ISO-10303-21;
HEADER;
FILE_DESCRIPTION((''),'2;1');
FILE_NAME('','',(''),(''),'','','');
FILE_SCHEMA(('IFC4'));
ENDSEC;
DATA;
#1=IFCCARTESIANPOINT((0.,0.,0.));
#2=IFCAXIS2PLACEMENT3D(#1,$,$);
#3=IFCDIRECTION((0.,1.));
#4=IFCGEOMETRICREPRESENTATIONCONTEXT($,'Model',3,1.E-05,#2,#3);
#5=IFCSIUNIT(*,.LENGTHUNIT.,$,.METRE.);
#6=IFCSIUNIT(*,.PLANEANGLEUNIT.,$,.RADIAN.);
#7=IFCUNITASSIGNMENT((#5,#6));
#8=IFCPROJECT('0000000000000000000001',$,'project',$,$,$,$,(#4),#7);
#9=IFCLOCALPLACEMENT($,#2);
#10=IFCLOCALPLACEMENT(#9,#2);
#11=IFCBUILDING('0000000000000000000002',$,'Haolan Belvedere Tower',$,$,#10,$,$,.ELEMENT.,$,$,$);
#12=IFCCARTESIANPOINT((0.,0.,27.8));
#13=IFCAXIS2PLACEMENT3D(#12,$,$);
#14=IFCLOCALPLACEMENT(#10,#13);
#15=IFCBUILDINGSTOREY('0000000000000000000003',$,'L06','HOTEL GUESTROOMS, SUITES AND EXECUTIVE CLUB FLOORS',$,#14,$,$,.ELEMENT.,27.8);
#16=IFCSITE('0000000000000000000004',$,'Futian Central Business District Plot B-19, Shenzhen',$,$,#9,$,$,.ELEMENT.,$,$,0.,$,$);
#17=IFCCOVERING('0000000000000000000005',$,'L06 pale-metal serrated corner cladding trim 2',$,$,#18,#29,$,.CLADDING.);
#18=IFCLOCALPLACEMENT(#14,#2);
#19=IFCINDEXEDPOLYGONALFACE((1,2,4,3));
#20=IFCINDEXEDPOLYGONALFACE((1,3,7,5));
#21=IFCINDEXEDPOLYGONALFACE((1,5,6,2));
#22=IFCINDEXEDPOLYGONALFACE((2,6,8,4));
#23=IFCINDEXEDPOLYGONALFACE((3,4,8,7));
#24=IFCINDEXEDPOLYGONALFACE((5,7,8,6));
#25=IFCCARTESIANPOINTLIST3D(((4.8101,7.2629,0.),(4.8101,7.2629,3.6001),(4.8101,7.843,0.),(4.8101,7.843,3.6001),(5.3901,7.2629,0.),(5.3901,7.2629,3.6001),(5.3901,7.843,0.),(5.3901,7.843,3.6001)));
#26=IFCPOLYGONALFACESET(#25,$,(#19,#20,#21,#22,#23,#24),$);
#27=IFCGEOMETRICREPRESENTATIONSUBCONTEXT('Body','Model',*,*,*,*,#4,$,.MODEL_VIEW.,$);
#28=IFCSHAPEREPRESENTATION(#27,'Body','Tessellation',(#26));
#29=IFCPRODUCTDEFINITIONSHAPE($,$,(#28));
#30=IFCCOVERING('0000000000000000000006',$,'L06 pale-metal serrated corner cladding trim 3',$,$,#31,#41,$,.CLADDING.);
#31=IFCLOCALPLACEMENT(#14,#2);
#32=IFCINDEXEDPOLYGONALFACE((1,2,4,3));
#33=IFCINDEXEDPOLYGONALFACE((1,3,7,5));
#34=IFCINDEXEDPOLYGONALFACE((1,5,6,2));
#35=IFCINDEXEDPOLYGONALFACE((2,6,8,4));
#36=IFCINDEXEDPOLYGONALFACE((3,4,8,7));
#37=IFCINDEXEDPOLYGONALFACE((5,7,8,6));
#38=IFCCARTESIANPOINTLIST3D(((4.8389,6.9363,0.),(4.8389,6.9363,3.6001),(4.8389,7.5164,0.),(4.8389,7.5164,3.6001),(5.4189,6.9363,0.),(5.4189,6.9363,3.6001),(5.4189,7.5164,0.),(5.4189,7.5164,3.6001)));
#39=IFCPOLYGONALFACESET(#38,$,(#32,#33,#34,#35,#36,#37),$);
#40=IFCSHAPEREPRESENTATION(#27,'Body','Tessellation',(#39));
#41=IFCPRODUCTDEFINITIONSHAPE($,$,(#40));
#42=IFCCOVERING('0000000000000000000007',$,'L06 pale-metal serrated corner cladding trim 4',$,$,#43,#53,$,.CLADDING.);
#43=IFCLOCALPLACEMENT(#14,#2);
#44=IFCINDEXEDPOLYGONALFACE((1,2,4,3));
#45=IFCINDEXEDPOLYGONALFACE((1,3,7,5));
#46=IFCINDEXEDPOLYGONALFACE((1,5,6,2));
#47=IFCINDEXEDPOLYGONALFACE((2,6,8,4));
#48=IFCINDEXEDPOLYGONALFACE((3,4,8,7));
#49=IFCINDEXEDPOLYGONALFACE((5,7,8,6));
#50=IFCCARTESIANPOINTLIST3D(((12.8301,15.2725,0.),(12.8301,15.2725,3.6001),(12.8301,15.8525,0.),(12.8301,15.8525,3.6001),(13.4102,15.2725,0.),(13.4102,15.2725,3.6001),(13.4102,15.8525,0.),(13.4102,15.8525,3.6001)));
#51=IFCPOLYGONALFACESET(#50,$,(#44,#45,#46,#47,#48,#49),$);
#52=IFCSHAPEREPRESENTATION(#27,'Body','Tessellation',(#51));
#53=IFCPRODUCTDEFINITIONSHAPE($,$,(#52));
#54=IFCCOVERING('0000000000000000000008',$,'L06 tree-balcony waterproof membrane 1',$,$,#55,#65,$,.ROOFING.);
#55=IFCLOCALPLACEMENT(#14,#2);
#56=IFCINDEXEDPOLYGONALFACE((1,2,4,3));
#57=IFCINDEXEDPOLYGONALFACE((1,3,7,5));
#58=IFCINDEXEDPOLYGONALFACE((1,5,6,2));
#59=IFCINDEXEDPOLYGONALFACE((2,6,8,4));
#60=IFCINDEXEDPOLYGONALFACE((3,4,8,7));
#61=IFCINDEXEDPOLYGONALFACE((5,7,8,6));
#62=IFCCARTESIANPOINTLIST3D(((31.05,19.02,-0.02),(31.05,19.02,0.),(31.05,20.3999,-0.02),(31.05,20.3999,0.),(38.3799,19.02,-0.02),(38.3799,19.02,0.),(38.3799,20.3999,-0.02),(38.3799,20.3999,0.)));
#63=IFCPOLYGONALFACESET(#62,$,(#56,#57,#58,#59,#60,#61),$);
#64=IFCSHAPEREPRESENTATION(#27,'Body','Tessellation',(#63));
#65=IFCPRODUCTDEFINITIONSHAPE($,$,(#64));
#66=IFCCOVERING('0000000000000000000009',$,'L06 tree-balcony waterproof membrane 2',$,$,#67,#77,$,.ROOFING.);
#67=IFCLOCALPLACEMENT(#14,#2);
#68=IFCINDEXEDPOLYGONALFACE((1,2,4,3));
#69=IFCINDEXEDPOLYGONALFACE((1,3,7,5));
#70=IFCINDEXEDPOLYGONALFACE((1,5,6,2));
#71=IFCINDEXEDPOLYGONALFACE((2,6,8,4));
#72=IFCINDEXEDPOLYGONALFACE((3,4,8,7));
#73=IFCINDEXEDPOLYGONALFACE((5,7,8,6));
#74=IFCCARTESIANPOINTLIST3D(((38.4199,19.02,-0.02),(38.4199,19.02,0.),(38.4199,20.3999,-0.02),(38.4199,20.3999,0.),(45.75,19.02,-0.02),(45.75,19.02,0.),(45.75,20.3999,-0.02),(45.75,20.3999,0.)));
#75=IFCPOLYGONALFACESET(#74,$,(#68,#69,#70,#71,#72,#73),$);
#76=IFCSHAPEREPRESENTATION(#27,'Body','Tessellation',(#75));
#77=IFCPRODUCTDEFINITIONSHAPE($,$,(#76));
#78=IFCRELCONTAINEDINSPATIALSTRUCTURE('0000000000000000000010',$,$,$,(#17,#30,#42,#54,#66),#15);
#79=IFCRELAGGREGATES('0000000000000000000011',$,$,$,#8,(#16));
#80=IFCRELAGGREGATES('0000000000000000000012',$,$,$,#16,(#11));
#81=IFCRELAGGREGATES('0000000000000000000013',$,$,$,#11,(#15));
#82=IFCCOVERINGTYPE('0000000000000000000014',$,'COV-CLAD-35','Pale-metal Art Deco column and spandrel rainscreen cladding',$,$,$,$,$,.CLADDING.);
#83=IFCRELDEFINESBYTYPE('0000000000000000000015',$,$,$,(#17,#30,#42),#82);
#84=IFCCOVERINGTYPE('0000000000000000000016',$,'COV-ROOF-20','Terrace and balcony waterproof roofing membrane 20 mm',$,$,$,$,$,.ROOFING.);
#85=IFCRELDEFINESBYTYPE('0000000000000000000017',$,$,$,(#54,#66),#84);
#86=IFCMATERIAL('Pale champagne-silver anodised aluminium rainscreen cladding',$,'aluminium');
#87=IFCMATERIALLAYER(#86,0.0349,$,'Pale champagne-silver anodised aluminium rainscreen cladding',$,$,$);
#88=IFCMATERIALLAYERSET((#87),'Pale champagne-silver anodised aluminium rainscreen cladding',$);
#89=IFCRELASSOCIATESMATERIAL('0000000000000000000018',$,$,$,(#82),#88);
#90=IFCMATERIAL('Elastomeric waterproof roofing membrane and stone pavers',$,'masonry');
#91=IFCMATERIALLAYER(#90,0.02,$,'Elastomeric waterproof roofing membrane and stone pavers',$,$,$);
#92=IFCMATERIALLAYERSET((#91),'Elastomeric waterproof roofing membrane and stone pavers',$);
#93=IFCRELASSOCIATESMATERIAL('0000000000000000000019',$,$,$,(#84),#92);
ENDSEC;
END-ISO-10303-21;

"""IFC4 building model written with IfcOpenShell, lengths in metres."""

from ifc_helpers import new_model, si_unit, direction, frame, origin, origin_2d, place, context, subcontext, project, spatial, polyline, rectangle, outline, extrude, material, layer, layer_set, type_object, element, save


model = new_model("IFC4")

# Units and contexts
model_context = context("Model", 3, precision=1e-05, world=origin(), true_north=direction((0.0, 1.0)))
body_context = subcontext(model_context, "Body", "Model", "MODEL_VIEW")
ifc_project = project(units=[si_unit("LENGTHUNIT", "METRE"), si_unit("PLANEANGLEUNIT", "RADIAN")], contexts=[model_context])

# Site, building, storey
site_placement = place(None, origin())
site = spatial("IfcSite", under=ifc_project, at=site_placement, Name="Futian Central Business District Plot B-19, Shenzhen", CompositionType="ELEMENT", RefElevation=0.0)
building_placement = place(site_placement, origin())
building = spatial("IfcBuilding", under=site, at=building_placement, Name="Haolan Belvedere Tower", CompositionType="ELEMENT")
storey_placement = place(building_placement, frame((0.0, 0.0, 27.8)))
storey = spatial("IfcBuildingStorey", under=building, at=storey_placement, Name="L06", Description="HOTEL GUESTROOMS, SUITES AND EXECUTIVE CLUB FLOORS", CompositionType="ELEMENT", Elevation=27.8)

# Coverings
ifc_material_1 = material(Name="Pale champagne-silver anodised aluminium rainscreen cladding", Category="aluminium")
ifc_layer_1 = layer(ifc_material_1, 0.0349, Name="Pale champagne-silver anodised aluminium rainscreen cladding")
ifc_layer_set_1 = layer_set([ifc_layer_1], Name="Pale champagne-silver anodised aluminium rainscreen cladding")
covering_type_1 = type_object("IfcCoveringType", Name="COV-CLAD-35", Description="Pale-metal Art Deco column and spandrel rainscreen cladding", PredefinedType="CLADDING", material=ifc_layer_set_1)
for number, where, z_axis, x_axis, name in (
    (1, (5.1001, 7.553, 0.0), (0.0, 0.0, 1.0), (1.0, 0.0, 0.0), "L06 pale-metal serrated corner cladding trim 2"),
    (2, (5.1289, 7.2263, 0.0), (0.0, 0.0, 1.0), (1.0, 0.0, 0.0), "L06 pale-metal serrated corner cladding trim 3"),
    (3, (13.1201, 15.5625, 0.0), (0.0, 0.0, 1.0), (1.0, 0.0, 0.0), "L06 pale-metal serrated corner cladding trim 4"),
):
    element("IfcCovering", number, at=place(storey_placement, frame(where, z_axis=z_axis, x_axis=x_axis)), inside=storey, type_object=covering_type_1, Name=name, PredefinedType="CLADDING", context=body_context, shape_type="SweptSolid", body=[
        extrude(rectangle(XDim=0.5801, YDim=0.5801, at=origin_2d()), origin(), (0.0, 0.0, 1.0), 3.6001),
    ])
ifc_material_2 = material(Name="Elastomeric waterproof roofing membrane and stone pavers", Category="masonry")
ifc_layer_2 = layer(ifc_material_2, 0.02, Name="Elastomeric waterproof roofing membrane and stone pavers")
ifc_layer_set_2 = layer_set([ifc_layer_2], Name="Elastomeric waterproof roofing membrane and stone pavers")
covering_type_2 = type_object("IfcCoveringType", Name="COV-ROOF-20", Description="Terrace and balcony waterproof roofing membrane 20 mm", PredefinedType="ROOFING", material=ifc_layer_set_2)
covering_1_placement = place(storey_placement, frame((0.0, 0.0, -0.02)))
element("IfcCovering", 4, at=covering_1_placement, inside=storey, type_object=covering_type_2, Name="L06 tree-balcony waterproof membrane 1", PredefinedType="ROOFING", context=body_context, shape_type="SweptSolid", body=[
    extrude(outline(polyline([(31.05, 19.02), (38.3799, 19.02), (38.3799, 20.3999), (31.05, 20.3999), (31.05, 19.02)])), origin(), (0.0, 0.0, 1.0), 0.02),
])
covering_2_placement = place(storey_placement, frame((0.0, 0.0, -0.02)))
element("IfcCovering", 5, at=covering_2_placement, inside=storey, type_object=covering_type_2, Name="L06 tree-balcony waterproof membrane 2", PredefinedType="ROOFING", context=body_context, shape_type="SweptSolid", body=[
    extrude(outline(polyline([(38.4199, 19.02), (45.75, 19.02), (45.75, 20.3999), (38.4199, 20.3999), (38.4199, 19.02)])), origin(), (0.0, 0.0, 1.0), 0.02),
])

save(model, "model.ifc")
